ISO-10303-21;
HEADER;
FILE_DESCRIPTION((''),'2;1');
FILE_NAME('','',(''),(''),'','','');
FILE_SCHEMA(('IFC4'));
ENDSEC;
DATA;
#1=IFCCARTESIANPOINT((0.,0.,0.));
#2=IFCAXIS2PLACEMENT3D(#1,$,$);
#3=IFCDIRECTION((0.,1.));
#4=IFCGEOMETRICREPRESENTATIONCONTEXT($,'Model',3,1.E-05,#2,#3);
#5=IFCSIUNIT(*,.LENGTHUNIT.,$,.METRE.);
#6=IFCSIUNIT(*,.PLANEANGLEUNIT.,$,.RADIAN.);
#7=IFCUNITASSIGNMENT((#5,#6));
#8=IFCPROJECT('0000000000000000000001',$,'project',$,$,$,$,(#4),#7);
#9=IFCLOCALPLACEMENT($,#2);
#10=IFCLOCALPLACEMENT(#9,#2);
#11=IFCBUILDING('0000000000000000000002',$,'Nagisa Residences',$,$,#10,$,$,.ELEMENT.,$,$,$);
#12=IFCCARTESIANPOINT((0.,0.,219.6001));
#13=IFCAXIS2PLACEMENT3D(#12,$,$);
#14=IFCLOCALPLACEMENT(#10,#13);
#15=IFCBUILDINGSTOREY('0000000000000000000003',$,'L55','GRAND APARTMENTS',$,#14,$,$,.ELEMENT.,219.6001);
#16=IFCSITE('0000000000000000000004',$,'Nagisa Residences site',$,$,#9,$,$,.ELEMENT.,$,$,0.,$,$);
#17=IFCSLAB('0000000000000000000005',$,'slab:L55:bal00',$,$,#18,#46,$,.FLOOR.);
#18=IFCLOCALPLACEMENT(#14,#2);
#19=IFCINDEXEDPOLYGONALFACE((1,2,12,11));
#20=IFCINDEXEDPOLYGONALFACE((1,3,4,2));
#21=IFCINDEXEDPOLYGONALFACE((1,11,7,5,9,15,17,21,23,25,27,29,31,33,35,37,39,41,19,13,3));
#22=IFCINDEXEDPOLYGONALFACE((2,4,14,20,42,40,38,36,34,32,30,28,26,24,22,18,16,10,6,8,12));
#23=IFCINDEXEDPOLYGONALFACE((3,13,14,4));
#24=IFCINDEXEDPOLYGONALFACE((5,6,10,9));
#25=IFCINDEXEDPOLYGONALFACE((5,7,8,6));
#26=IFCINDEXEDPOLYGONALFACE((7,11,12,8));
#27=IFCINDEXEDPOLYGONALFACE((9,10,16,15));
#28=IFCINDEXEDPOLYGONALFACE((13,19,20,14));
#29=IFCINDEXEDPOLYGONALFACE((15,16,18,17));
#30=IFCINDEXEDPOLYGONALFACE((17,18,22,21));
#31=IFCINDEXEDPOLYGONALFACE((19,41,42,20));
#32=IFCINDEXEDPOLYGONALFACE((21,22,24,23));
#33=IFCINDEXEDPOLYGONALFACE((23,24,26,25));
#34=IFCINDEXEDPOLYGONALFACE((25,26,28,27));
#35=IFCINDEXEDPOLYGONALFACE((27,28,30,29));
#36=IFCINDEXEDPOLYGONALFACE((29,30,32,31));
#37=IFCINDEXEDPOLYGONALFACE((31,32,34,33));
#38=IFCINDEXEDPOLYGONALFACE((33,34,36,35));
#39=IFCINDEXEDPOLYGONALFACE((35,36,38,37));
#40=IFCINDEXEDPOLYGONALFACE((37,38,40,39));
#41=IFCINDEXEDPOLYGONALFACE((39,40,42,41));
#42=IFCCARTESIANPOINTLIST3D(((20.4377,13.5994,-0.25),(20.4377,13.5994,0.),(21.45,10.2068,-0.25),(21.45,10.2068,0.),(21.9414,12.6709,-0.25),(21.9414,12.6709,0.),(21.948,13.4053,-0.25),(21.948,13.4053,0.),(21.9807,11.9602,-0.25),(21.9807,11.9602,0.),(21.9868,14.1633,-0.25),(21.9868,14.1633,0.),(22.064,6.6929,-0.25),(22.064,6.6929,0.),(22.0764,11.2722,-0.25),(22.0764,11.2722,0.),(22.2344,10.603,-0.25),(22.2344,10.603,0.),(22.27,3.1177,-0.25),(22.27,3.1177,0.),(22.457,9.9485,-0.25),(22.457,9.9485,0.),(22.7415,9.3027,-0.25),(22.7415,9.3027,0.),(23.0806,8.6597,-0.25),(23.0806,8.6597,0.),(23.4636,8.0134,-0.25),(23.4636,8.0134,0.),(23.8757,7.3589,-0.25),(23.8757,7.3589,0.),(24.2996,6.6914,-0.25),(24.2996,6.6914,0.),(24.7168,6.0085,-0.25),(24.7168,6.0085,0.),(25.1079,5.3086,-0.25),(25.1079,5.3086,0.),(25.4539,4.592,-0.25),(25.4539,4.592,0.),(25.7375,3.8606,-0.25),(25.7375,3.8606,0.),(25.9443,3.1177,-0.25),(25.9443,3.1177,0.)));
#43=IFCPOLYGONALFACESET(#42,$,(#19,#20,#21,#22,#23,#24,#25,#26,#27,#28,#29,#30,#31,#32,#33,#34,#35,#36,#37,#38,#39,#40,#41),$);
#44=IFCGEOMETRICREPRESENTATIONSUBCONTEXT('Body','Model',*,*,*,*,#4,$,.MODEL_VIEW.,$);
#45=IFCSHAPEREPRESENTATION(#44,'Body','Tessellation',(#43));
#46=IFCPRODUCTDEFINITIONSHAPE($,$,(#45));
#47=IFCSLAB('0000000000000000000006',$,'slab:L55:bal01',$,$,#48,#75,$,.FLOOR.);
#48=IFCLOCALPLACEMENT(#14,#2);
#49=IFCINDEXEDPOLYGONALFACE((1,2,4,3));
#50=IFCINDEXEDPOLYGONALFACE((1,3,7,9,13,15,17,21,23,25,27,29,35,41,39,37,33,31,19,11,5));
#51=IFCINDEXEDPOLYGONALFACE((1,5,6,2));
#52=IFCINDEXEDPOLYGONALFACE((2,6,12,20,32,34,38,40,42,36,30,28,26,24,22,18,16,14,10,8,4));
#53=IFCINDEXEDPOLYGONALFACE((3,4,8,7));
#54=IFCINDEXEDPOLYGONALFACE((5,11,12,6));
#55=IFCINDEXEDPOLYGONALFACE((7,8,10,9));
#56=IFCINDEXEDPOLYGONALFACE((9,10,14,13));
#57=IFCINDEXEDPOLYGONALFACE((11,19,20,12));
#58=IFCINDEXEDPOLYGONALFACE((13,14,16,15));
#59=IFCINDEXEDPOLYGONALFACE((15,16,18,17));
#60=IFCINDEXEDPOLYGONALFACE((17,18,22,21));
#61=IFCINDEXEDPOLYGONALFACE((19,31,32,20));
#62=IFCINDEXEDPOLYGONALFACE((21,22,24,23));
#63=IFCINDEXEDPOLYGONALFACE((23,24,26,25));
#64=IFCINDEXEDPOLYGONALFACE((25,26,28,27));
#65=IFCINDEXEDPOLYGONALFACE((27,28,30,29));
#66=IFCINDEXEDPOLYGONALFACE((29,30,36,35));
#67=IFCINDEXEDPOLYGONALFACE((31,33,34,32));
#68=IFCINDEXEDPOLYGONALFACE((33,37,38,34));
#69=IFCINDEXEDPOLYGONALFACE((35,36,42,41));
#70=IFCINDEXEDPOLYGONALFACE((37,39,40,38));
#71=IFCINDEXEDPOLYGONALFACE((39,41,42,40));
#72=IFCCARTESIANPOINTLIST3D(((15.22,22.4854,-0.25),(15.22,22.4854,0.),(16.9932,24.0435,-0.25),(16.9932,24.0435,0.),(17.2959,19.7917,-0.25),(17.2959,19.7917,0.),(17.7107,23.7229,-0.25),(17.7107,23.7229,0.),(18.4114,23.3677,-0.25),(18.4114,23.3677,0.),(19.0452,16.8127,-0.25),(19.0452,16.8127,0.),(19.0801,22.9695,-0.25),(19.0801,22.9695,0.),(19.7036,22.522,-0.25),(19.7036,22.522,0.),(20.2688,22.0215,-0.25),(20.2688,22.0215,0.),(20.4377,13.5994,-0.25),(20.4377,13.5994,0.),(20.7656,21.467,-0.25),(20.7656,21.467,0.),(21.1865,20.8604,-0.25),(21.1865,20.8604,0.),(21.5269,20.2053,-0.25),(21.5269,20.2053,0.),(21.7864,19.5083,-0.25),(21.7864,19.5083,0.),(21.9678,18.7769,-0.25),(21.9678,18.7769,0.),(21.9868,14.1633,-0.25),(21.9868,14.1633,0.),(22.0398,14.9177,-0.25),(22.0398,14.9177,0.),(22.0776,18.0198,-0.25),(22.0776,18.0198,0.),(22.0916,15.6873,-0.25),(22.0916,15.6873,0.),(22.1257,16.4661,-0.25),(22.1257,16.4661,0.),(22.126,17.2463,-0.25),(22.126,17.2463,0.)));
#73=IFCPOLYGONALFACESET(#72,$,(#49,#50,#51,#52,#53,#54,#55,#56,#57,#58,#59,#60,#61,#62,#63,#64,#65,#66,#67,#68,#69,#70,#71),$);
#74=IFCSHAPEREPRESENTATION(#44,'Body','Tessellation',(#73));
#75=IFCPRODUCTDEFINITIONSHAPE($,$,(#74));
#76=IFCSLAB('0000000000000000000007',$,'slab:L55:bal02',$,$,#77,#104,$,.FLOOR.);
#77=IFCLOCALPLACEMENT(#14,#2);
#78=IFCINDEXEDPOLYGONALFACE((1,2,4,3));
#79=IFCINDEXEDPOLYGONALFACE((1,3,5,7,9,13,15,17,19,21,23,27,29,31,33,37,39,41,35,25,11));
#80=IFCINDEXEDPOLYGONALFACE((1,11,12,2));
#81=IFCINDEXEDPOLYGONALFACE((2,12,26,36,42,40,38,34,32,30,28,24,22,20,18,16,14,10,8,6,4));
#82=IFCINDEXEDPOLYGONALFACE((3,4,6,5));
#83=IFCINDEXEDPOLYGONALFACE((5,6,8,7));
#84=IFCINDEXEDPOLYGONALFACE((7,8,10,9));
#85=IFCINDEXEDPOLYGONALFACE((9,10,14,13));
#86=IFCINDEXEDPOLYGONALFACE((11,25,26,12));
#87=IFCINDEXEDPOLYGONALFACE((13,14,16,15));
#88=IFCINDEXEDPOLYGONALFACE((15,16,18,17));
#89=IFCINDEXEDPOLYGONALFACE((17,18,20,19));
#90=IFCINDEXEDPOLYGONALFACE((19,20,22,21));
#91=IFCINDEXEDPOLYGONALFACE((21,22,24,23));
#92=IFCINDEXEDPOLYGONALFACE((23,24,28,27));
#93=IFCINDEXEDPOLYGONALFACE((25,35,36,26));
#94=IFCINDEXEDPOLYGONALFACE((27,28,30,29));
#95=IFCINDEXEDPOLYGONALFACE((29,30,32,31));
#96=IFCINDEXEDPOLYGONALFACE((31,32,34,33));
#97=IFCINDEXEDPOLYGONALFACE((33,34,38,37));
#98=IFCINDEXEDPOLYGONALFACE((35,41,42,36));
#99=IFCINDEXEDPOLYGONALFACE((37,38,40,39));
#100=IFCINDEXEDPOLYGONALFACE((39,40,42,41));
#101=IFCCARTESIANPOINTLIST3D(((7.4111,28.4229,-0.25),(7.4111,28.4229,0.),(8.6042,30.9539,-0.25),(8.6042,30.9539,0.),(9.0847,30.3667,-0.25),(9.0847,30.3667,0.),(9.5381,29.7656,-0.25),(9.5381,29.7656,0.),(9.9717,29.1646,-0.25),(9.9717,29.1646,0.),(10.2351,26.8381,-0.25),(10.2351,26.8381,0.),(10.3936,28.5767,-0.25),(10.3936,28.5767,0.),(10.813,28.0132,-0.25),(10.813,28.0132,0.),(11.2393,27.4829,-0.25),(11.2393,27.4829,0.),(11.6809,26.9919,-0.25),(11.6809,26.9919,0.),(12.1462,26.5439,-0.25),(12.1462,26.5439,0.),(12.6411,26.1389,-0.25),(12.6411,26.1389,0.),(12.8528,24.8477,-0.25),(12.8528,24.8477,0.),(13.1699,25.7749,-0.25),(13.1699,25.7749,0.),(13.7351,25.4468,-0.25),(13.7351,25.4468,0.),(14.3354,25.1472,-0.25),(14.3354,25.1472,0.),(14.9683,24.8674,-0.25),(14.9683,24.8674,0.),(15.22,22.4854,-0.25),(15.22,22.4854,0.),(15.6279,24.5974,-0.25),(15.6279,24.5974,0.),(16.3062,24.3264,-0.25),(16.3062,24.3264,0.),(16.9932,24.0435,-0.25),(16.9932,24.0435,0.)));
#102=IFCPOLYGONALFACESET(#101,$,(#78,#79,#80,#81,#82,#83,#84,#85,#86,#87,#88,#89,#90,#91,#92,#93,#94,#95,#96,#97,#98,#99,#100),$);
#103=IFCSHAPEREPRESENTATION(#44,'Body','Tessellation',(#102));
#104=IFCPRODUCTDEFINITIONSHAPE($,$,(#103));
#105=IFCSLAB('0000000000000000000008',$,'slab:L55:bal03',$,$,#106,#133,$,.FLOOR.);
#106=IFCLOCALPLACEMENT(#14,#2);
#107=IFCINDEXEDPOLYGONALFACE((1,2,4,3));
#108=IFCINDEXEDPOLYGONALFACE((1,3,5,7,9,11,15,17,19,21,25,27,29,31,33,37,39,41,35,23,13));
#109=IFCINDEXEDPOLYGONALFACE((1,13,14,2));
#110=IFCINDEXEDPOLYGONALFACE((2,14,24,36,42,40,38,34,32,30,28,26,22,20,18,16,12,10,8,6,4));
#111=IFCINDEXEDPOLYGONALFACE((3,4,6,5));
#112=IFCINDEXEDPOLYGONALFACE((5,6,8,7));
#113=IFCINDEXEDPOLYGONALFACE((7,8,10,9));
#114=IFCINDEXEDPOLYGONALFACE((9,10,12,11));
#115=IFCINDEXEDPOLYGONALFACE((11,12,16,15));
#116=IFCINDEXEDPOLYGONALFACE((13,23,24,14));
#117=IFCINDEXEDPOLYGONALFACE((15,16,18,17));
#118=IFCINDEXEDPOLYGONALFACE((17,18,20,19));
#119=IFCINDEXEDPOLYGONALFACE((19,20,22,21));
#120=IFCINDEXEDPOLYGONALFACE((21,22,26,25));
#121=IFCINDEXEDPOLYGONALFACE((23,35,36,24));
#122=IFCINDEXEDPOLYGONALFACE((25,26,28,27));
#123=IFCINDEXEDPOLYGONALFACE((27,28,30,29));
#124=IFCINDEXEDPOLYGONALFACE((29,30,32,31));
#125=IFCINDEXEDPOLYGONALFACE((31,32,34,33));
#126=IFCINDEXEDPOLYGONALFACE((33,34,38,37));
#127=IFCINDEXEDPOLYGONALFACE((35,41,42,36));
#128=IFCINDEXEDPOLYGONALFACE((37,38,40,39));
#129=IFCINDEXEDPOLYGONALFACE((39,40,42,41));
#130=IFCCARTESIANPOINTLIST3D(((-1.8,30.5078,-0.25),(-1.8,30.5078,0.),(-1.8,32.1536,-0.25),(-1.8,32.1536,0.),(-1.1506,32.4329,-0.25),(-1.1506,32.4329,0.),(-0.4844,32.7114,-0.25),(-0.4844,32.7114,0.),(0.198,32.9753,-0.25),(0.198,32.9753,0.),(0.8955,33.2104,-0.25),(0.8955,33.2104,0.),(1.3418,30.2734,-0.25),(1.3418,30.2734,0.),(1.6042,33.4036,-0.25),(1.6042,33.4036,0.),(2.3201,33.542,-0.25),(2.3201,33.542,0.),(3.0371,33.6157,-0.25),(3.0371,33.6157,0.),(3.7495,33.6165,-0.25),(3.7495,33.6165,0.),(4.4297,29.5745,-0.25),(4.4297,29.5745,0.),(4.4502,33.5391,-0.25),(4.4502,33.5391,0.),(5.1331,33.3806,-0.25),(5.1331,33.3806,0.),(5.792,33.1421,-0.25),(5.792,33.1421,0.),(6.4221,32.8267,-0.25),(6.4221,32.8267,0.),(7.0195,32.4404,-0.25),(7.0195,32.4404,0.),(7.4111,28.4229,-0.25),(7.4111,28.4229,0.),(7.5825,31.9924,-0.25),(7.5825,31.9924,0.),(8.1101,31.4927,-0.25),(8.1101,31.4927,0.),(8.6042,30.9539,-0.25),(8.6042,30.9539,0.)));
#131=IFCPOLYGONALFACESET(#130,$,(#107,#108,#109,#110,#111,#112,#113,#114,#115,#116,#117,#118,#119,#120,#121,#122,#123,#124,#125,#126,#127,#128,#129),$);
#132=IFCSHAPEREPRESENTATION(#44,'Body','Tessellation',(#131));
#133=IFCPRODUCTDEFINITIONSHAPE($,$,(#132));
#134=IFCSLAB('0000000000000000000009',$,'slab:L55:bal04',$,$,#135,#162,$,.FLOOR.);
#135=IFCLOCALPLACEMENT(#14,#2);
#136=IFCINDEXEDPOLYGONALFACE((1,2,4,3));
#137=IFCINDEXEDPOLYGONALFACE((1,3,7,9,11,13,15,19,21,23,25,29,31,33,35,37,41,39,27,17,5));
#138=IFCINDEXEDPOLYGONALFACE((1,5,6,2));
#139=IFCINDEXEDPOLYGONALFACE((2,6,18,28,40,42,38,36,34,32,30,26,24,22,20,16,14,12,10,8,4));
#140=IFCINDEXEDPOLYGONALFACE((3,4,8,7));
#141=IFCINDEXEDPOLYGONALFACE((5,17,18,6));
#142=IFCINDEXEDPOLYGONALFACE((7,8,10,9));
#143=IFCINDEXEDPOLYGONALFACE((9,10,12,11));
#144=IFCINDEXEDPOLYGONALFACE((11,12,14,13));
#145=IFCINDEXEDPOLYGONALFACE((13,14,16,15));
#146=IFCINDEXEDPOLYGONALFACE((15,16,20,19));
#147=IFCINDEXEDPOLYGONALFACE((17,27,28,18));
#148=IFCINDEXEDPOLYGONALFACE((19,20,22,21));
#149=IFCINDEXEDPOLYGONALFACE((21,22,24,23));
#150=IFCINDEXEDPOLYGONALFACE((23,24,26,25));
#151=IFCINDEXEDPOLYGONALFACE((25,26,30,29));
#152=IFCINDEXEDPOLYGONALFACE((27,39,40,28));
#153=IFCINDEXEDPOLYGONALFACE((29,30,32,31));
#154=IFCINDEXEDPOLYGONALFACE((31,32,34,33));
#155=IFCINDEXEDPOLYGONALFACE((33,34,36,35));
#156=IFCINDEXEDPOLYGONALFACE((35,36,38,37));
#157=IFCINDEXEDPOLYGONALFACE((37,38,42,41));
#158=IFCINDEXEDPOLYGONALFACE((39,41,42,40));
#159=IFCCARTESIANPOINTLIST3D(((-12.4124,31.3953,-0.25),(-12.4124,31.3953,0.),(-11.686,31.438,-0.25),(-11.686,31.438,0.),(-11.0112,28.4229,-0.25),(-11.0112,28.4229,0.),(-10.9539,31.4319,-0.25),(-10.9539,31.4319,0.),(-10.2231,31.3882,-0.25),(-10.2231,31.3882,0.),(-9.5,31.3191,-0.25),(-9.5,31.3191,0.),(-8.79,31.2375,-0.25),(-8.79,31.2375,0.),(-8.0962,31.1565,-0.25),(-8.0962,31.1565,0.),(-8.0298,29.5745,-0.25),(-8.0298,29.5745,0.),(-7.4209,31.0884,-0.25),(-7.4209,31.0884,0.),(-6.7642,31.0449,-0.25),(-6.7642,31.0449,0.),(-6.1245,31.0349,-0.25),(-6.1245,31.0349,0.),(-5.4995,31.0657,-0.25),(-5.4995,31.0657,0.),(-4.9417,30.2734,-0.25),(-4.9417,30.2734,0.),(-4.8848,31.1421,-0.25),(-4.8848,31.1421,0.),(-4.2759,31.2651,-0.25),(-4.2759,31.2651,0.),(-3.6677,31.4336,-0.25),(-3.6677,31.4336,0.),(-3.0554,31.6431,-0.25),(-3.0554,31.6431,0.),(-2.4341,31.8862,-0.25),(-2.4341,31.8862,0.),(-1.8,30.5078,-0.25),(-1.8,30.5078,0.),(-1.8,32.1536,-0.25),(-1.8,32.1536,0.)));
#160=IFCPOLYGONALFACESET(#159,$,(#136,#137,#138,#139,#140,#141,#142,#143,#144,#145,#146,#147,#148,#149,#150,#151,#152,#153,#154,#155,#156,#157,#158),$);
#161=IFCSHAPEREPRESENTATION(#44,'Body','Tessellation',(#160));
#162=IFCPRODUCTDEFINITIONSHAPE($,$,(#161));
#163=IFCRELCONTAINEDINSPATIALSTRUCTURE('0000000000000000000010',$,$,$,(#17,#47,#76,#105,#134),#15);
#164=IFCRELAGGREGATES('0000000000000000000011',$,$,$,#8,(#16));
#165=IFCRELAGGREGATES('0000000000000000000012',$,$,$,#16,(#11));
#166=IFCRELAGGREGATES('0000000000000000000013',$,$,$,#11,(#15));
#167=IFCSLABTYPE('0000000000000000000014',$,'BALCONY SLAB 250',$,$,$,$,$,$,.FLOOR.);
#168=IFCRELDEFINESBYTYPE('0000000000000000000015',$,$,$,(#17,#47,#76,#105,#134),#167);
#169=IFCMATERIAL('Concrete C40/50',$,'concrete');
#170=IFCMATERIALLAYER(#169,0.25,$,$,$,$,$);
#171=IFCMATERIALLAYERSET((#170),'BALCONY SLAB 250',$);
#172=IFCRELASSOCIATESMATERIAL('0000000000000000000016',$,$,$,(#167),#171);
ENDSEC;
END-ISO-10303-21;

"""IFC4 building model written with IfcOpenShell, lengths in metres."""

from ifc_helpers import new_model, si_unit, direction, frame, origin, place, context, subcontext, project, spatial, polyline, outline, extrude, material, layer, layer_set, type_object, element, save


model = new_model("IFC4")

# Units and contexts
model_context = context("Model", 3, precision=1e-05, world=origin(), true_north=direction((0.0, 1.0)))
body_context = subcontext(model_context, "Body", "Model", "MODEL_VIEW")
ifc_project = project(units=[si_unit("LENGTHUNIT", "METRE"), si_unit("PLANEANGLEUNIT", "RADIAN")], contexts=[model_context])

# Site, building, storey
site_placement = place(None, origin())
site = spatial("IfcSite", under=ifc_project, at=site_placement, Name="Nagisa Residences site", CompositionType="ELEMENT", RefElevation=0.0)
building_placement = place(site_placement, origin())
building = spatial("IfcBuilding", under=site, at=building_placement, Name="Nagisa Residences", CompositionType="ELEMENT")
storey_placement = place(building_placement, frame((0.0, 0.0, 219.6001)))
storey = spatial("IfcBuildingStorey", under=building, at=storey_placement, Name="L55", Description="GRAND APARTMENTS", CompositionType="ELEMENT", Elevation=219.6001)

# Slabs
ifc_material_1 = material(Name="Concrete C40/50", Category="concrete")
ifc_layer_1 = layer(ifc_material_1, 0.25)
ifc_layer_set_1 = layer_set([ifc_layer_1], Name="BALCONY SLAB 250")
slab_type_1 = type_object("IfcSlabType", Name="BALCONY SLAB 250", PredefinedType="FLOOR", material=ifc_layer_set_1)
slab_1_placement = place(storey_placement, frame((0.0, 0.0, -0.25)))
element("IfcSlab", 1, at=slab_1_placement, inside=storey, type_object=slab_type_1, Name="slab:L55:bal00", PredefinedType="FLOOR", context=body_context, shape_type="SweptSolid", body=[
    extrude(outline(polyline([(25.9443, 3.1177), (25.7375, 3.8606), (25.4539, 4.592), (25.1079, 5.3086), (24.7168, 6.0085), (24.2996, 6.6914), (23.8757, 7.3589), (23.4636, 8.0134), (23.0806, 8.6597), (22.7415, 9.3027), (22.457, 9.9485), (22.2344, 10.603), (22.0764, 11.2722), (21.9807, 11.9602), (21.9414, 12.6709), (21.948, 13.4053), (21.9868, 14.1633), (20.4377, 13.5994), (21.45, 10.2068), (22.064, 6.6929), (22.27, 3.1177), (25.9443, 3.1177)])), origin(), (0.0, 0.0, 1.0), 0.25),
])
slab_2_placement = place(storey_placement, frame((0.0, 0.0, -0.25)))
element("IfcSlab", 2, at=slab_2_placement, inside=storey, type_object=slab_type_1, Name="slab:L55:bal01", PredefinedType="FLOOR", context=body_context, shape_type="SweptSolid", body=[
    extrude(outline(polyline([(21.9868, 14.1633), (22.0398, 14.9177), (22.0916, 15.6873), (22.1257, 16.4661), (22.126, 17.2463), (22.0776, 18.0198), (21.9678, 18.7769), (21.7864, 19.5083), (21.5269, 20.2053), (21.1865, 20.8604), (20.7656, 21.467), (20.2688, 22.0215), (19.7036, 22.522), (19.0801, 22.9695), (18.4114, 23.3677), (17.7107, 23.7229), (16.9932, 24.0435), (15.22, 22.4854), (17.2959, 19.7917), (19.0452, 16.8127), (20.4377, 13.5994), (21.9868, 14.1633)])), origin(), (0.0, 0.0, 1.0), 0.25),
])
slab_3_placement = place(storey_placement, frame((0.0, 0.0, -0.25)))
element("IfcSlab", 3, at=slab_3_placement, inside=storey, type_object=slab_type_1, Name="slab:L55:bal02", PredefinedType="FLOOR", context=body_context, shape_type="SweptSolid", body=[
    extrude(outline(polyline([(16.9932, 24.0435), (16.3062, 24.3264), (15.6279, 24.5974), (14.9683, 24.8674), (14.3354, 25.1472), (13.7351, 25.4468), (13.1699, 25.7749), (12.6411, 26.1389), (12.1462, 26.5439), (11.6809, 26.9919), (11.2393, 27.4829), (10.813, 28.0132), (10.3936, 28.5767), (9.9717, 29.1646), (9.5381, 29.7656), (9.0847, 30.3667), (8.6042, 30.9539), (7.4111, 28.4229), (10.2351, 26.8381), (12.8528, 24.8477), (15.22, 22.4854), (16.9932, 24.0435)])), origin(), (0.0, 0.0, 1.0), 0.25),
])
slab_4_placement = place(storey_placement, frame((0.0, 0.0, -0.25)))
element("IfcSlab", 4, at=slab_4_placement, inside=storey, type_object=slab_type_1, Name="slab:L55:bal03", PredefinedType="FLOOR", context=body_context, shape_type="SweptSolid", body=[
    extrude(outline(polyline([(8.6042, 30.9539), (8.1101, 31.4927), (7.5825, 31.9924), (7.0195, 32.4404), (6.4221, 32.8267), (5.792, 33.1421), (5.1331, 33.3806), (4.4502, 33.5391), (3.7495, 33.6165), (3.0371, 33.6157), (2.3201, 33.542), (1.6042, 33.4036), (0.8955, 33.2104), (0.198, 32.9753), (-0.4844, 32.7114), (-1.1506, 32.4329), (-1.8, 32.1536), (-1.8, 30.5078), (1.3418, 30.2734), (4.4297, 29.5745), (7.4111, 28.4229), (8.6042, 30.9539)])), origin(), (0.0, 0.0, 1.0), 0.25),
])
slab_5_placement = place(storey_placement, frame((0.0, 0.0, -0.25)))
element("IfcSlab", 5, at=slab_5_placement, inside=storey, type_object=slab_type_1, Name="slab:L55:bal04", PredefinedType="FLOOR", context=body_context, shape_type="SweptSolid", body=[
    extrude(outline(polyline([(-1.8, 32.1536), (-2.4341, 31.8862), (-3.0554, 31.6431), (-3.6677, 31.4336), (-4.2759, 31.2651), (-4.8848, 31.1421), (-5.4995, 31.0657), (-6.1245, 31.0349), (-6.7642, 31.0449), (-7.4209, 31.0884), (-8.0962, 31.1565), (-8.79, 31.2375), (-9.5, 31.3191), (-10.2231, 31.3882), (-10.9539, 31.4319), (-11.686, 31.438), (-12.4124, 31.3953), (-11.0112, 28.4229), (-8.0298, 29.5745), (-4.9417, 30.2734), (-1.8, 30.5078), (-1.8, 32.1536)])), origin(), (0.0, 0.0, 1.0), 0.25),
])

save(model, "model.ifc")
